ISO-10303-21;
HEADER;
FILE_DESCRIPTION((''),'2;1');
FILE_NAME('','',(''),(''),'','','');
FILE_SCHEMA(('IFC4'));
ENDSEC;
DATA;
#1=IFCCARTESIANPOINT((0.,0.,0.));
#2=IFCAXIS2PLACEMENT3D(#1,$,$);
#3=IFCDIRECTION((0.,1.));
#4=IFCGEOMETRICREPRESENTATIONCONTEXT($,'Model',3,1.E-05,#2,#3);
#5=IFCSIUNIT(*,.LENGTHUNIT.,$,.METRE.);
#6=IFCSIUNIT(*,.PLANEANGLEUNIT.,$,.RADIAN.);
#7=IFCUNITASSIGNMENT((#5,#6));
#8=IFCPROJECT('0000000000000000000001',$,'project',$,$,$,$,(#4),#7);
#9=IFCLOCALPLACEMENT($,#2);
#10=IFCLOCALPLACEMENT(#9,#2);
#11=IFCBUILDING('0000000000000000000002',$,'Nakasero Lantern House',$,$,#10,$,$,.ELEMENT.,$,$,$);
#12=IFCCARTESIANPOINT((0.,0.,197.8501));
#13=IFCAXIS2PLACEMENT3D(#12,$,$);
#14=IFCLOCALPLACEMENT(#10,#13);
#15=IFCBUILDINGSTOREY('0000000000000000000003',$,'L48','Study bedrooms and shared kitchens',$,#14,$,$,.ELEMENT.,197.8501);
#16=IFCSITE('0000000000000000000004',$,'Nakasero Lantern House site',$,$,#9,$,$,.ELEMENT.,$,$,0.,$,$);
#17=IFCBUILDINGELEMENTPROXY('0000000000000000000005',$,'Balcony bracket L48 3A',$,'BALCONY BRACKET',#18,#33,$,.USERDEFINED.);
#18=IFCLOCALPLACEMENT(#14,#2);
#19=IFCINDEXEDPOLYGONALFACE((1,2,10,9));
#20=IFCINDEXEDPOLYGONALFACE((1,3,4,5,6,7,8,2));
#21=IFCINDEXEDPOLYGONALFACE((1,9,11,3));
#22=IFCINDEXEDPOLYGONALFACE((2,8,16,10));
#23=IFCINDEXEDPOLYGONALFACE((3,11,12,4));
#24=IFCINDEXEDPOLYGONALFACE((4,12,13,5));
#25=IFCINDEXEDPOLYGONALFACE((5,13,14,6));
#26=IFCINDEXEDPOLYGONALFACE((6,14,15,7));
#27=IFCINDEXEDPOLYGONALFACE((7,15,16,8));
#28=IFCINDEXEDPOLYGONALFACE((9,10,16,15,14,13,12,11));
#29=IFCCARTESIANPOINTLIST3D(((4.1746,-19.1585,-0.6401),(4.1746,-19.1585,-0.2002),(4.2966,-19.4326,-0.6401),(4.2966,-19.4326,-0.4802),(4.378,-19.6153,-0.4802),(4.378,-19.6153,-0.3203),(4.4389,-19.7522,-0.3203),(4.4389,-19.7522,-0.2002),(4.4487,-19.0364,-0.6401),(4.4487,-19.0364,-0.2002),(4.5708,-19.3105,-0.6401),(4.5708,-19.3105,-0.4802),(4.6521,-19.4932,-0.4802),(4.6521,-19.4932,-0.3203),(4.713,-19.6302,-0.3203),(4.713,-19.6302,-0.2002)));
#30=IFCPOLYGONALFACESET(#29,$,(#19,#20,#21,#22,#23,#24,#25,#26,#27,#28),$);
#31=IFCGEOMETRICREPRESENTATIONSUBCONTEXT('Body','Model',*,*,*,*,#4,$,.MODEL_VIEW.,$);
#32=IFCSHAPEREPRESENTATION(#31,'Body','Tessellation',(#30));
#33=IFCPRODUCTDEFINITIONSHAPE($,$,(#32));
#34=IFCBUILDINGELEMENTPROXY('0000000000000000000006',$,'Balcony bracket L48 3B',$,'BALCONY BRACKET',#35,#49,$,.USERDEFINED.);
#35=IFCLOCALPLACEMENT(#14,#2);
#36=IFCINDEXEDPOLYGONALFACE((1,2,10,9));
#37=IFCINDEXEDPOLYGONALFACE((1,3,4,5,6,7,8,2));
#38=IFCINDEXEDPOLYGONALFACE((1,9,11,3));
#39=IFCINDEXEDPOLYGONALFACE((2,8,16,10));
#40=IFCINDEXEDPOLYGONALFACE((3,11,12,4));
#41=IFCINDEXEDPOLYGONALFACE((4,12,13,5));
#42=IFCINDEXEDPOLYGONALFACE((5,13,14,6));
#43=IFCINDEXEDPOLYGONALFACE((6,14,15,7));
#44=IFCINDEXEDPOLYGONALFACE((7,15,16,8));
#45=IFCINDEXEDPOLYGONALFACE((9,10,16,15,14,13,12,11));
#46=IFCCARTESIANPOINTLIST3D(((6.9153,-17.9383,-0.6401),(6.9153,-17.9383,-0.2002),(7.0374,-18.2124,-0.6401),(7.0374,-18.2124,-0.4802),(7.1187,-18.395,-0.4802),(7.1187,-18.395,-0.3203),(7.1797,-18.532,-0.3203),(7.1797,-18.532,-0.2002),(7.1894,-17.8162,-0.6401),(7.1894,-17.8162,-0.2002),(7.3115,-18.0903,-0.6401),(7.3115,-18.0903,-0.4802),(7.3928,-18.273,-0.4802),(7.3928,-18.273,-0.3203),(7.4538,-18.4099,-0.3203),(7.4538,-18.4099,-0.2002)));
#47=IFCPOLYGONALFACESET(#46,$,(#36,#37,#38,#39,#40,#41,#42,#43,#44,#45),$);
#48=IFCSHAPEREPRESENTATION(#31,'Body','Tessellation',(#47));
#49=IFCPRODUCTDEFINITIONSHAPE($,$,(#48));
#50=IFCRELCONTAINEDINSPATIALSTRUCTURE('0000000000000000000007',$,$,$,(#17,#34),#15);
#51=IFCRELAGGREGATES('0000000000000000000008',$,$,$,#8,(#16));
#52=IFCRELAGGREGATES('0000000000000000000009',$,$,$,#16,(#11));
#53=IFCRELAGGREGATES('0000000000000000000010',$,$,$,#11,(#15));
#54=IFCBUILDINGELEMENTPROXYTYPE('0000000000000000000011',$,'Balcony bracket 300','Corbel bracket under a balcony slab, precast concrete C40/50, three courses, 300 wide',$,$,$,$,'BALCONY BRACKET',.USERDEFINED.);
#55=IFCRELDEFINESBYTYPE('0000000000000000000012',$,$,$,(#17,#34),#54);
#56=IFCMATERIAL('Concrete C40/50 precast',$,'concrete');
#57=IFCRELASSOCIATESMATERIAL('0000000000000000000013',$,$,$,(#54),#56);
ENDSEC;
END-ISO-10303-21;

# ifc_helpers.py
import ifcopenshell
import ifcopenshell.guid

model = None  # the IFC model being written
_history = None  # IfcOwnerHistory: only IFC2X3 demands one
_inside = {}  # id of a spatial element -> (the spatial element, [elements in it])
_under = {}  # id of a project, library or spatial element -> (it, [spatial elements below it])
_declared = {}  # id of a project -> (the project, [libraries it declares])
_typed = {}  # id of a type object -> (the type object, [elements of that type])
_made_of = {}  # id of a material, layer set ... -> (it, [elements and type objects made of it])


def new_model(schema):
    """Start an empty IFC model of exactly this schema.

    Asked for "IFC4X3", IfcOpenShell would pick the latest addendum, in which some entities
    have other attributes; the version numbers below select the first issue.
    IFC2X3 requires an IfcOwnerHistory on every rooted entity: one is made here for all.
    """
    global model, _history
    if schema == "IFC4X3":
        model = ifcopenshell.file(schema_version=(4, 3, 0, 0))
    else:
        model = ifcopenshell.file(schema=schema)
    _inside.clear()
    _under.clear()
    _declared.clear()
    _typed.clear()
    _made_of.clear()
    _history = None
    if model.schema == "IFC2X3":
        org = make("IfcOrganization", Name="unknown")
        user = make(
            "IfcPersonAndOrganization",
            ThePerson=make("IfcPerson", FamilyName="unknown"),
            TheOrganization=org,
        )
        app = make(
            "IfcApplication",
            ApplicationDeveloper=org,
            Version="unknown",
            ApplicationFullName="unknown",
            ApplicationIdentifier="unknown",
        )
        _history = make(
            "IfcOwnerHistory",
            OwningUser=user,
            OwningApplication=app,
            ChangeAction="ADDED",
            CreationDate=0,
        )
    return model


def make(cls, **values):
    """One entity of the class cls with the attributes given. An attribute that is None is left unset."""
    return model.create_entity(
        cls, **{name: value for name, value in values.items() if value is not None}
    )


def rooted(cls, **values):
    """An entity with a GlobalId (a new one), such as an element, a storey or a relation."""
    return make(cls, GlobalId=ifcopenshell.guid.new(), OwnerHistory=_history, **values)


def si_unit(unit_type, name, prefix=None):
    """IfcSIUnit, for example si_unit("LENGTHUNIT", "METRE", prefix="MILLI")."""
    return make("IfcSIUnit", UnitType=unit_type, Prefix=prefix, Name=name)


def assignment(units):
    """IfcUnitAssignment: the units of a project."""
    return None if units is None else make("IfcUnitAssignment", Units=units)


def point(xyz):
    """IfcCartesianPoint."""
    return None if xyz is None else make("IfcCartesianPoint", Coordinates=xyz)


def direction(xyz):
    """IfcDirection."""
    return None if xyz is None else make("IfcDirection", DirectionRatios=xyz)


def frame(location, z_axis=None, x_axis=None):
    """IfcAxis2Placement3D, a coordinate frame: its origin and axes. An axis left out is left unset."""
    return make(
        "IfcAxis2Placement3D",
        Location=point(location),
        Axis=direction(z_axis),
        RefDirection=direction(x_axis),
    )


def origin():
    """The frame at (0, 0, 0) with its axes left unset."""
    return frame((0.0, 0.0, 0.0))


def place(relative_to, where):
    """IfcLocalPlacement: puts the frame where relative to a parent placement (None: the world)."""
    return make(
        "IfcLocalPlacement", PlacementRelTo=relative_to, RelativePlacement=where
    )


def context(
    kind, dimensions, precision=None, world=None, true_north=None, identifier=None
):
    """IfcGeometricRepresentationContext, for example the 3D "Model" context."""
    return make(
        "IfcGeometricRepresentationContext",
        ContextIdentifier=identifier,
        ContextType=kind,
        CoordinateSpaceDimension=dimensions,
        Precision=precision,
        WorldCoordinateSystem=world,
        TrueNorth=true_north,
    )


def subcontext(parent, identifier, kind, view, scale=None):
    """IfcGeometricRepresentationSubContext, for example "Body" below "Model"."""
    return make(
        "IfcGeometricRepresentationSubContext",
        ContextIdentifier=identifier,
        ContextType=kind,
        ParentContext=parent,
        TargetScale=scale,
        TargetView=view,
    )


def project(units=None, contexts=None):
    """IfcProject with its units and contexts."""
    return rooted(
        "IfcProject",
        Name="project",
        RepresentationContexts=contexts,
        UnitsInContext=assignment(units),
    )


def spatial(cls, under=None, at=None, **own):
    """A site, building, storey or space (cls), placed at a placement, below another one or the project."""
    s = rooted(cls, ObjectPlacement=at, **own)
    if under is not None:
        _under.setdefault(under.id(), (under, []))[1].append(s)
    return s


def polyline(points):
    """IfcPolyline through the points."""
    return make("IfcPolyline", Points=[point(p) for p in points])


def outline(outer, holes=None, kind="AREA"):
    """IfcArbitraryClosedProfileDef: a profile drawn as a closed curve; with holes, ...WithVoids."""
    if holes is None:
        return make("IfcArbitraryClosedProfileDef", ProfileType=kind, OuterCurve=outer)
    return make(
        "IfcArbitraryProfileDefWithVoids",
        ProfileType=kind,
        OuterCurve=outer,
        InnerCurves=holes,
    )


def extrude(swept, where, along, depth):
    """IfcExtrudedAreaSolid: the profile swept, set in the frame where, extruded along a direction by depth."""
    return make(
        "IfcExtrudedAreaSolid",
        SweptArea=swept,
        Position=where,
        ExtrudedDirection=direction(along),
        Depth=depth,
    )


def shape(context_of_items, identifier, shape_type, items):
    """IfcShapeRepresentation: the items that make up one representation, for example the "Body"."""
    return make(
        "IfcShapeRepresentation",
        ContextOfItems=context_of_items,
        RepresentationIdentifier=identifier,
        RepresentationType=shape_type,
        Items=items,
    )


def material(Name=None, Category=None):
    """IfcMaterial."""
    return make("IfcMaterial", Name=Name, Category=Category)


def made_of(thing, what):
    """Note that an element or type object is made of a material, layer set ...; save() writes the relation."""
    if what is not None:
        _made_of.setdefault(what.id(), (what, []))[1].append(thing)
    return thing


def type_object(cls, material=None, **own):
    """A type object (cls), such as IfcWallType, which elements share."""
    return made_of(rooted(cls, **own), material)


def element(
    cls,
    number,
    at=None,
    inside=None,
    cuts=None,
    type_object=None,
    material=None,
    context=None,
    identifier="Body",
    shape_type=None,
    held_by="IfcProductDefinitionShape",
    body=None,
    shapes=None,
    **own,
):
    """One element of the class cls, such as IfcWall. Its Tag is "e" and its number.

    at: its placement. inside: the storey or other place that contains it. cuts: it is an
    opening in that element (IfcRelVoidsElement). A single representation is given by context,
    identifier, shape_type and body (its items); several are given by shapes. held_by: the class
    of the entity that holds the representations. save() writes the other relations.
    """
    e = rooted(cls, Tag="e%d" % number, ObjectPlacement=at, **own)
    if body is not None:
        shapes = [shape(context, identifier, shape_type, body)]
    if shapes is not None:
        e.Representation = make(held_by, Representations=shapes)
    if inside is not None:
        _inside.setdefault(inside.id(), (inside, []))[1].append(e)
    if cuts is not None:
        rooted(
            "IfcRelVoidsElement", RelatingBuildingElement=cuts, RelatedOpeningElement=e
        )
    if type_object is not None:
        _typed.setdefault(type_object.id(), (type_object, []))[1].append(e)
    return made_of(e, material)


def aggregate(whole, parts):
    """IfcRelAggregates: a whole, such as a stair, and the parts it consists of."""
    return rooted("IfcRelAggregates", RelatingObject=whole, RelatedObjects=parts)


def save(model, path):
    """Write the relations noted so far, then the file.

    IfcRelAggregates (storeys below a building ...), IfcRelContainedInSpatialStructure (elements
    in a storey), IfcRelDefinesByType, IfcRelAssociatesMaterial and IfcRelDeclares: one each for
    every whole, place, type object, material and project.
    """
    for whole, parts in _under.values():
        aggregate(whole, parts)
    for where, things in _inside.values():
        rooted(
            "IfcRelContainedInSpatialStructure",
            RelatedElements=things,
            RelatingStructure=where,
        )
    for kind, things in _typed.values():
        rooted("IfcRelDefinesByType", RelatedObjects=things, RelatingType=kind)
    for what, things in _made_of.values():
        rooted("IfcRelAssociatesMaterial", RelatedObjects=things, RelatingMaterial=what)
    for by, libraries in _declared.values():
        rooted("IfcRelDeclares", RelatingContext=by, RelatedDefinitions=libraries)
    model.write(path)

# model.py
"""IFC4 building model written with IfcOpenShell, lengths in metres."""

from ifc_helpers import new_model, si_unit, direction, frame, origin, place, context, subcontext, project, spatial, polyline, outline, extrude, material, type_object, element, save


model = new_model("IFC4")

# Units and contexts
model_context = context("Model", 3, precision=1e-05, world=origin(), true_north=direction((0.0, 1.0)))
body_context = subcontext(model_context, "Body", "Model", "MODEL_VIEW")
ifc_project = project(units=[si_unit("LENGTHUNIT", "METRE"), si_unit("PLANEANGLEUNIT", "RADIAN")], contexts=[model_context])

# Site, building, storey
site_placement = place(None, origin())
site = spatial("IfcSite", under=ifc_project, at=site_placement, Name="Nakasero Lantern House site", CompositionType="ELEMENT", RefElevation=0.0)
building_placement = place(site_placement, origin())
building = spatial("IfcBuilding", under=site, at=building_placement, Name="Nakasero Lantern House", CompositionType="ELEMENT")
storey_placement = place(building_placement, frame((0.0, 0.0, 197.8501)))
storey = spatial("IfcBuildingStorey", under=building, at=storey_placement, Name="L48", Description="Study bedrooms and shared kitchens", CompositionType="ELEMENT", Elevation=197.8501)

# Building element proxies
ifc_material_1 = material(Name="Concrete C40/50 precast", Category="concrete")
building_element_proxy_type = type_object("IfcBuildingElementProxyType", Name="Balcony bracket 300", Description="Corbel bracket under a balcony slab, precast concrete C40/50, three courses, 300 wide", ElementType="BALCONY BRACKET", PredefinedType="USERDEFINED", material=ifc_material_1)
for number, where, z_axis, x_axis, name in (
    (1, (4.3118, -19.0974, -0.2002), (0.0, 0.0, 1.0), (0.406737, -0.913545, 0.0), "Balcony bracket L48 3A"),
    (2, (7.0525, -17.8772, -0.2002), (0.0, 0.0, 1.0), (0.406737, -0.913545, 0.0), "Balcony bracket L48 3B"),
):
    element("IfcBuildingElementProxy", number, at=place(storey_placement, frame(where, z_axis=z_axis, x_axis=x_axis)), inside=storey, type_object=building_element_proxy_type, Name=name, ObjectType="BALCONY BRACKET", PredefinedType="USERDEFINED", context=body_context, shape_type="SweptSolid", body=[
        extrude(outline(polyline([(0.0, 0.0), (0.6499, 0.0), (0.6499, -0.1201), (0.5, -0.1201), (0.5, -0.28), (0.3, -0.28), (0.3, -0.4399), (0.0, -0.4399), (0.0, 0.0)])), frame((0.0, 0.1499, 0.0), z_axis=(0.0, -1.0, 0.0), x_axis=(1.0, 0.0, 0.0)), (0.0, 0.0, 1.0), 0.3),
    ])

save(model, "model.ifc")
